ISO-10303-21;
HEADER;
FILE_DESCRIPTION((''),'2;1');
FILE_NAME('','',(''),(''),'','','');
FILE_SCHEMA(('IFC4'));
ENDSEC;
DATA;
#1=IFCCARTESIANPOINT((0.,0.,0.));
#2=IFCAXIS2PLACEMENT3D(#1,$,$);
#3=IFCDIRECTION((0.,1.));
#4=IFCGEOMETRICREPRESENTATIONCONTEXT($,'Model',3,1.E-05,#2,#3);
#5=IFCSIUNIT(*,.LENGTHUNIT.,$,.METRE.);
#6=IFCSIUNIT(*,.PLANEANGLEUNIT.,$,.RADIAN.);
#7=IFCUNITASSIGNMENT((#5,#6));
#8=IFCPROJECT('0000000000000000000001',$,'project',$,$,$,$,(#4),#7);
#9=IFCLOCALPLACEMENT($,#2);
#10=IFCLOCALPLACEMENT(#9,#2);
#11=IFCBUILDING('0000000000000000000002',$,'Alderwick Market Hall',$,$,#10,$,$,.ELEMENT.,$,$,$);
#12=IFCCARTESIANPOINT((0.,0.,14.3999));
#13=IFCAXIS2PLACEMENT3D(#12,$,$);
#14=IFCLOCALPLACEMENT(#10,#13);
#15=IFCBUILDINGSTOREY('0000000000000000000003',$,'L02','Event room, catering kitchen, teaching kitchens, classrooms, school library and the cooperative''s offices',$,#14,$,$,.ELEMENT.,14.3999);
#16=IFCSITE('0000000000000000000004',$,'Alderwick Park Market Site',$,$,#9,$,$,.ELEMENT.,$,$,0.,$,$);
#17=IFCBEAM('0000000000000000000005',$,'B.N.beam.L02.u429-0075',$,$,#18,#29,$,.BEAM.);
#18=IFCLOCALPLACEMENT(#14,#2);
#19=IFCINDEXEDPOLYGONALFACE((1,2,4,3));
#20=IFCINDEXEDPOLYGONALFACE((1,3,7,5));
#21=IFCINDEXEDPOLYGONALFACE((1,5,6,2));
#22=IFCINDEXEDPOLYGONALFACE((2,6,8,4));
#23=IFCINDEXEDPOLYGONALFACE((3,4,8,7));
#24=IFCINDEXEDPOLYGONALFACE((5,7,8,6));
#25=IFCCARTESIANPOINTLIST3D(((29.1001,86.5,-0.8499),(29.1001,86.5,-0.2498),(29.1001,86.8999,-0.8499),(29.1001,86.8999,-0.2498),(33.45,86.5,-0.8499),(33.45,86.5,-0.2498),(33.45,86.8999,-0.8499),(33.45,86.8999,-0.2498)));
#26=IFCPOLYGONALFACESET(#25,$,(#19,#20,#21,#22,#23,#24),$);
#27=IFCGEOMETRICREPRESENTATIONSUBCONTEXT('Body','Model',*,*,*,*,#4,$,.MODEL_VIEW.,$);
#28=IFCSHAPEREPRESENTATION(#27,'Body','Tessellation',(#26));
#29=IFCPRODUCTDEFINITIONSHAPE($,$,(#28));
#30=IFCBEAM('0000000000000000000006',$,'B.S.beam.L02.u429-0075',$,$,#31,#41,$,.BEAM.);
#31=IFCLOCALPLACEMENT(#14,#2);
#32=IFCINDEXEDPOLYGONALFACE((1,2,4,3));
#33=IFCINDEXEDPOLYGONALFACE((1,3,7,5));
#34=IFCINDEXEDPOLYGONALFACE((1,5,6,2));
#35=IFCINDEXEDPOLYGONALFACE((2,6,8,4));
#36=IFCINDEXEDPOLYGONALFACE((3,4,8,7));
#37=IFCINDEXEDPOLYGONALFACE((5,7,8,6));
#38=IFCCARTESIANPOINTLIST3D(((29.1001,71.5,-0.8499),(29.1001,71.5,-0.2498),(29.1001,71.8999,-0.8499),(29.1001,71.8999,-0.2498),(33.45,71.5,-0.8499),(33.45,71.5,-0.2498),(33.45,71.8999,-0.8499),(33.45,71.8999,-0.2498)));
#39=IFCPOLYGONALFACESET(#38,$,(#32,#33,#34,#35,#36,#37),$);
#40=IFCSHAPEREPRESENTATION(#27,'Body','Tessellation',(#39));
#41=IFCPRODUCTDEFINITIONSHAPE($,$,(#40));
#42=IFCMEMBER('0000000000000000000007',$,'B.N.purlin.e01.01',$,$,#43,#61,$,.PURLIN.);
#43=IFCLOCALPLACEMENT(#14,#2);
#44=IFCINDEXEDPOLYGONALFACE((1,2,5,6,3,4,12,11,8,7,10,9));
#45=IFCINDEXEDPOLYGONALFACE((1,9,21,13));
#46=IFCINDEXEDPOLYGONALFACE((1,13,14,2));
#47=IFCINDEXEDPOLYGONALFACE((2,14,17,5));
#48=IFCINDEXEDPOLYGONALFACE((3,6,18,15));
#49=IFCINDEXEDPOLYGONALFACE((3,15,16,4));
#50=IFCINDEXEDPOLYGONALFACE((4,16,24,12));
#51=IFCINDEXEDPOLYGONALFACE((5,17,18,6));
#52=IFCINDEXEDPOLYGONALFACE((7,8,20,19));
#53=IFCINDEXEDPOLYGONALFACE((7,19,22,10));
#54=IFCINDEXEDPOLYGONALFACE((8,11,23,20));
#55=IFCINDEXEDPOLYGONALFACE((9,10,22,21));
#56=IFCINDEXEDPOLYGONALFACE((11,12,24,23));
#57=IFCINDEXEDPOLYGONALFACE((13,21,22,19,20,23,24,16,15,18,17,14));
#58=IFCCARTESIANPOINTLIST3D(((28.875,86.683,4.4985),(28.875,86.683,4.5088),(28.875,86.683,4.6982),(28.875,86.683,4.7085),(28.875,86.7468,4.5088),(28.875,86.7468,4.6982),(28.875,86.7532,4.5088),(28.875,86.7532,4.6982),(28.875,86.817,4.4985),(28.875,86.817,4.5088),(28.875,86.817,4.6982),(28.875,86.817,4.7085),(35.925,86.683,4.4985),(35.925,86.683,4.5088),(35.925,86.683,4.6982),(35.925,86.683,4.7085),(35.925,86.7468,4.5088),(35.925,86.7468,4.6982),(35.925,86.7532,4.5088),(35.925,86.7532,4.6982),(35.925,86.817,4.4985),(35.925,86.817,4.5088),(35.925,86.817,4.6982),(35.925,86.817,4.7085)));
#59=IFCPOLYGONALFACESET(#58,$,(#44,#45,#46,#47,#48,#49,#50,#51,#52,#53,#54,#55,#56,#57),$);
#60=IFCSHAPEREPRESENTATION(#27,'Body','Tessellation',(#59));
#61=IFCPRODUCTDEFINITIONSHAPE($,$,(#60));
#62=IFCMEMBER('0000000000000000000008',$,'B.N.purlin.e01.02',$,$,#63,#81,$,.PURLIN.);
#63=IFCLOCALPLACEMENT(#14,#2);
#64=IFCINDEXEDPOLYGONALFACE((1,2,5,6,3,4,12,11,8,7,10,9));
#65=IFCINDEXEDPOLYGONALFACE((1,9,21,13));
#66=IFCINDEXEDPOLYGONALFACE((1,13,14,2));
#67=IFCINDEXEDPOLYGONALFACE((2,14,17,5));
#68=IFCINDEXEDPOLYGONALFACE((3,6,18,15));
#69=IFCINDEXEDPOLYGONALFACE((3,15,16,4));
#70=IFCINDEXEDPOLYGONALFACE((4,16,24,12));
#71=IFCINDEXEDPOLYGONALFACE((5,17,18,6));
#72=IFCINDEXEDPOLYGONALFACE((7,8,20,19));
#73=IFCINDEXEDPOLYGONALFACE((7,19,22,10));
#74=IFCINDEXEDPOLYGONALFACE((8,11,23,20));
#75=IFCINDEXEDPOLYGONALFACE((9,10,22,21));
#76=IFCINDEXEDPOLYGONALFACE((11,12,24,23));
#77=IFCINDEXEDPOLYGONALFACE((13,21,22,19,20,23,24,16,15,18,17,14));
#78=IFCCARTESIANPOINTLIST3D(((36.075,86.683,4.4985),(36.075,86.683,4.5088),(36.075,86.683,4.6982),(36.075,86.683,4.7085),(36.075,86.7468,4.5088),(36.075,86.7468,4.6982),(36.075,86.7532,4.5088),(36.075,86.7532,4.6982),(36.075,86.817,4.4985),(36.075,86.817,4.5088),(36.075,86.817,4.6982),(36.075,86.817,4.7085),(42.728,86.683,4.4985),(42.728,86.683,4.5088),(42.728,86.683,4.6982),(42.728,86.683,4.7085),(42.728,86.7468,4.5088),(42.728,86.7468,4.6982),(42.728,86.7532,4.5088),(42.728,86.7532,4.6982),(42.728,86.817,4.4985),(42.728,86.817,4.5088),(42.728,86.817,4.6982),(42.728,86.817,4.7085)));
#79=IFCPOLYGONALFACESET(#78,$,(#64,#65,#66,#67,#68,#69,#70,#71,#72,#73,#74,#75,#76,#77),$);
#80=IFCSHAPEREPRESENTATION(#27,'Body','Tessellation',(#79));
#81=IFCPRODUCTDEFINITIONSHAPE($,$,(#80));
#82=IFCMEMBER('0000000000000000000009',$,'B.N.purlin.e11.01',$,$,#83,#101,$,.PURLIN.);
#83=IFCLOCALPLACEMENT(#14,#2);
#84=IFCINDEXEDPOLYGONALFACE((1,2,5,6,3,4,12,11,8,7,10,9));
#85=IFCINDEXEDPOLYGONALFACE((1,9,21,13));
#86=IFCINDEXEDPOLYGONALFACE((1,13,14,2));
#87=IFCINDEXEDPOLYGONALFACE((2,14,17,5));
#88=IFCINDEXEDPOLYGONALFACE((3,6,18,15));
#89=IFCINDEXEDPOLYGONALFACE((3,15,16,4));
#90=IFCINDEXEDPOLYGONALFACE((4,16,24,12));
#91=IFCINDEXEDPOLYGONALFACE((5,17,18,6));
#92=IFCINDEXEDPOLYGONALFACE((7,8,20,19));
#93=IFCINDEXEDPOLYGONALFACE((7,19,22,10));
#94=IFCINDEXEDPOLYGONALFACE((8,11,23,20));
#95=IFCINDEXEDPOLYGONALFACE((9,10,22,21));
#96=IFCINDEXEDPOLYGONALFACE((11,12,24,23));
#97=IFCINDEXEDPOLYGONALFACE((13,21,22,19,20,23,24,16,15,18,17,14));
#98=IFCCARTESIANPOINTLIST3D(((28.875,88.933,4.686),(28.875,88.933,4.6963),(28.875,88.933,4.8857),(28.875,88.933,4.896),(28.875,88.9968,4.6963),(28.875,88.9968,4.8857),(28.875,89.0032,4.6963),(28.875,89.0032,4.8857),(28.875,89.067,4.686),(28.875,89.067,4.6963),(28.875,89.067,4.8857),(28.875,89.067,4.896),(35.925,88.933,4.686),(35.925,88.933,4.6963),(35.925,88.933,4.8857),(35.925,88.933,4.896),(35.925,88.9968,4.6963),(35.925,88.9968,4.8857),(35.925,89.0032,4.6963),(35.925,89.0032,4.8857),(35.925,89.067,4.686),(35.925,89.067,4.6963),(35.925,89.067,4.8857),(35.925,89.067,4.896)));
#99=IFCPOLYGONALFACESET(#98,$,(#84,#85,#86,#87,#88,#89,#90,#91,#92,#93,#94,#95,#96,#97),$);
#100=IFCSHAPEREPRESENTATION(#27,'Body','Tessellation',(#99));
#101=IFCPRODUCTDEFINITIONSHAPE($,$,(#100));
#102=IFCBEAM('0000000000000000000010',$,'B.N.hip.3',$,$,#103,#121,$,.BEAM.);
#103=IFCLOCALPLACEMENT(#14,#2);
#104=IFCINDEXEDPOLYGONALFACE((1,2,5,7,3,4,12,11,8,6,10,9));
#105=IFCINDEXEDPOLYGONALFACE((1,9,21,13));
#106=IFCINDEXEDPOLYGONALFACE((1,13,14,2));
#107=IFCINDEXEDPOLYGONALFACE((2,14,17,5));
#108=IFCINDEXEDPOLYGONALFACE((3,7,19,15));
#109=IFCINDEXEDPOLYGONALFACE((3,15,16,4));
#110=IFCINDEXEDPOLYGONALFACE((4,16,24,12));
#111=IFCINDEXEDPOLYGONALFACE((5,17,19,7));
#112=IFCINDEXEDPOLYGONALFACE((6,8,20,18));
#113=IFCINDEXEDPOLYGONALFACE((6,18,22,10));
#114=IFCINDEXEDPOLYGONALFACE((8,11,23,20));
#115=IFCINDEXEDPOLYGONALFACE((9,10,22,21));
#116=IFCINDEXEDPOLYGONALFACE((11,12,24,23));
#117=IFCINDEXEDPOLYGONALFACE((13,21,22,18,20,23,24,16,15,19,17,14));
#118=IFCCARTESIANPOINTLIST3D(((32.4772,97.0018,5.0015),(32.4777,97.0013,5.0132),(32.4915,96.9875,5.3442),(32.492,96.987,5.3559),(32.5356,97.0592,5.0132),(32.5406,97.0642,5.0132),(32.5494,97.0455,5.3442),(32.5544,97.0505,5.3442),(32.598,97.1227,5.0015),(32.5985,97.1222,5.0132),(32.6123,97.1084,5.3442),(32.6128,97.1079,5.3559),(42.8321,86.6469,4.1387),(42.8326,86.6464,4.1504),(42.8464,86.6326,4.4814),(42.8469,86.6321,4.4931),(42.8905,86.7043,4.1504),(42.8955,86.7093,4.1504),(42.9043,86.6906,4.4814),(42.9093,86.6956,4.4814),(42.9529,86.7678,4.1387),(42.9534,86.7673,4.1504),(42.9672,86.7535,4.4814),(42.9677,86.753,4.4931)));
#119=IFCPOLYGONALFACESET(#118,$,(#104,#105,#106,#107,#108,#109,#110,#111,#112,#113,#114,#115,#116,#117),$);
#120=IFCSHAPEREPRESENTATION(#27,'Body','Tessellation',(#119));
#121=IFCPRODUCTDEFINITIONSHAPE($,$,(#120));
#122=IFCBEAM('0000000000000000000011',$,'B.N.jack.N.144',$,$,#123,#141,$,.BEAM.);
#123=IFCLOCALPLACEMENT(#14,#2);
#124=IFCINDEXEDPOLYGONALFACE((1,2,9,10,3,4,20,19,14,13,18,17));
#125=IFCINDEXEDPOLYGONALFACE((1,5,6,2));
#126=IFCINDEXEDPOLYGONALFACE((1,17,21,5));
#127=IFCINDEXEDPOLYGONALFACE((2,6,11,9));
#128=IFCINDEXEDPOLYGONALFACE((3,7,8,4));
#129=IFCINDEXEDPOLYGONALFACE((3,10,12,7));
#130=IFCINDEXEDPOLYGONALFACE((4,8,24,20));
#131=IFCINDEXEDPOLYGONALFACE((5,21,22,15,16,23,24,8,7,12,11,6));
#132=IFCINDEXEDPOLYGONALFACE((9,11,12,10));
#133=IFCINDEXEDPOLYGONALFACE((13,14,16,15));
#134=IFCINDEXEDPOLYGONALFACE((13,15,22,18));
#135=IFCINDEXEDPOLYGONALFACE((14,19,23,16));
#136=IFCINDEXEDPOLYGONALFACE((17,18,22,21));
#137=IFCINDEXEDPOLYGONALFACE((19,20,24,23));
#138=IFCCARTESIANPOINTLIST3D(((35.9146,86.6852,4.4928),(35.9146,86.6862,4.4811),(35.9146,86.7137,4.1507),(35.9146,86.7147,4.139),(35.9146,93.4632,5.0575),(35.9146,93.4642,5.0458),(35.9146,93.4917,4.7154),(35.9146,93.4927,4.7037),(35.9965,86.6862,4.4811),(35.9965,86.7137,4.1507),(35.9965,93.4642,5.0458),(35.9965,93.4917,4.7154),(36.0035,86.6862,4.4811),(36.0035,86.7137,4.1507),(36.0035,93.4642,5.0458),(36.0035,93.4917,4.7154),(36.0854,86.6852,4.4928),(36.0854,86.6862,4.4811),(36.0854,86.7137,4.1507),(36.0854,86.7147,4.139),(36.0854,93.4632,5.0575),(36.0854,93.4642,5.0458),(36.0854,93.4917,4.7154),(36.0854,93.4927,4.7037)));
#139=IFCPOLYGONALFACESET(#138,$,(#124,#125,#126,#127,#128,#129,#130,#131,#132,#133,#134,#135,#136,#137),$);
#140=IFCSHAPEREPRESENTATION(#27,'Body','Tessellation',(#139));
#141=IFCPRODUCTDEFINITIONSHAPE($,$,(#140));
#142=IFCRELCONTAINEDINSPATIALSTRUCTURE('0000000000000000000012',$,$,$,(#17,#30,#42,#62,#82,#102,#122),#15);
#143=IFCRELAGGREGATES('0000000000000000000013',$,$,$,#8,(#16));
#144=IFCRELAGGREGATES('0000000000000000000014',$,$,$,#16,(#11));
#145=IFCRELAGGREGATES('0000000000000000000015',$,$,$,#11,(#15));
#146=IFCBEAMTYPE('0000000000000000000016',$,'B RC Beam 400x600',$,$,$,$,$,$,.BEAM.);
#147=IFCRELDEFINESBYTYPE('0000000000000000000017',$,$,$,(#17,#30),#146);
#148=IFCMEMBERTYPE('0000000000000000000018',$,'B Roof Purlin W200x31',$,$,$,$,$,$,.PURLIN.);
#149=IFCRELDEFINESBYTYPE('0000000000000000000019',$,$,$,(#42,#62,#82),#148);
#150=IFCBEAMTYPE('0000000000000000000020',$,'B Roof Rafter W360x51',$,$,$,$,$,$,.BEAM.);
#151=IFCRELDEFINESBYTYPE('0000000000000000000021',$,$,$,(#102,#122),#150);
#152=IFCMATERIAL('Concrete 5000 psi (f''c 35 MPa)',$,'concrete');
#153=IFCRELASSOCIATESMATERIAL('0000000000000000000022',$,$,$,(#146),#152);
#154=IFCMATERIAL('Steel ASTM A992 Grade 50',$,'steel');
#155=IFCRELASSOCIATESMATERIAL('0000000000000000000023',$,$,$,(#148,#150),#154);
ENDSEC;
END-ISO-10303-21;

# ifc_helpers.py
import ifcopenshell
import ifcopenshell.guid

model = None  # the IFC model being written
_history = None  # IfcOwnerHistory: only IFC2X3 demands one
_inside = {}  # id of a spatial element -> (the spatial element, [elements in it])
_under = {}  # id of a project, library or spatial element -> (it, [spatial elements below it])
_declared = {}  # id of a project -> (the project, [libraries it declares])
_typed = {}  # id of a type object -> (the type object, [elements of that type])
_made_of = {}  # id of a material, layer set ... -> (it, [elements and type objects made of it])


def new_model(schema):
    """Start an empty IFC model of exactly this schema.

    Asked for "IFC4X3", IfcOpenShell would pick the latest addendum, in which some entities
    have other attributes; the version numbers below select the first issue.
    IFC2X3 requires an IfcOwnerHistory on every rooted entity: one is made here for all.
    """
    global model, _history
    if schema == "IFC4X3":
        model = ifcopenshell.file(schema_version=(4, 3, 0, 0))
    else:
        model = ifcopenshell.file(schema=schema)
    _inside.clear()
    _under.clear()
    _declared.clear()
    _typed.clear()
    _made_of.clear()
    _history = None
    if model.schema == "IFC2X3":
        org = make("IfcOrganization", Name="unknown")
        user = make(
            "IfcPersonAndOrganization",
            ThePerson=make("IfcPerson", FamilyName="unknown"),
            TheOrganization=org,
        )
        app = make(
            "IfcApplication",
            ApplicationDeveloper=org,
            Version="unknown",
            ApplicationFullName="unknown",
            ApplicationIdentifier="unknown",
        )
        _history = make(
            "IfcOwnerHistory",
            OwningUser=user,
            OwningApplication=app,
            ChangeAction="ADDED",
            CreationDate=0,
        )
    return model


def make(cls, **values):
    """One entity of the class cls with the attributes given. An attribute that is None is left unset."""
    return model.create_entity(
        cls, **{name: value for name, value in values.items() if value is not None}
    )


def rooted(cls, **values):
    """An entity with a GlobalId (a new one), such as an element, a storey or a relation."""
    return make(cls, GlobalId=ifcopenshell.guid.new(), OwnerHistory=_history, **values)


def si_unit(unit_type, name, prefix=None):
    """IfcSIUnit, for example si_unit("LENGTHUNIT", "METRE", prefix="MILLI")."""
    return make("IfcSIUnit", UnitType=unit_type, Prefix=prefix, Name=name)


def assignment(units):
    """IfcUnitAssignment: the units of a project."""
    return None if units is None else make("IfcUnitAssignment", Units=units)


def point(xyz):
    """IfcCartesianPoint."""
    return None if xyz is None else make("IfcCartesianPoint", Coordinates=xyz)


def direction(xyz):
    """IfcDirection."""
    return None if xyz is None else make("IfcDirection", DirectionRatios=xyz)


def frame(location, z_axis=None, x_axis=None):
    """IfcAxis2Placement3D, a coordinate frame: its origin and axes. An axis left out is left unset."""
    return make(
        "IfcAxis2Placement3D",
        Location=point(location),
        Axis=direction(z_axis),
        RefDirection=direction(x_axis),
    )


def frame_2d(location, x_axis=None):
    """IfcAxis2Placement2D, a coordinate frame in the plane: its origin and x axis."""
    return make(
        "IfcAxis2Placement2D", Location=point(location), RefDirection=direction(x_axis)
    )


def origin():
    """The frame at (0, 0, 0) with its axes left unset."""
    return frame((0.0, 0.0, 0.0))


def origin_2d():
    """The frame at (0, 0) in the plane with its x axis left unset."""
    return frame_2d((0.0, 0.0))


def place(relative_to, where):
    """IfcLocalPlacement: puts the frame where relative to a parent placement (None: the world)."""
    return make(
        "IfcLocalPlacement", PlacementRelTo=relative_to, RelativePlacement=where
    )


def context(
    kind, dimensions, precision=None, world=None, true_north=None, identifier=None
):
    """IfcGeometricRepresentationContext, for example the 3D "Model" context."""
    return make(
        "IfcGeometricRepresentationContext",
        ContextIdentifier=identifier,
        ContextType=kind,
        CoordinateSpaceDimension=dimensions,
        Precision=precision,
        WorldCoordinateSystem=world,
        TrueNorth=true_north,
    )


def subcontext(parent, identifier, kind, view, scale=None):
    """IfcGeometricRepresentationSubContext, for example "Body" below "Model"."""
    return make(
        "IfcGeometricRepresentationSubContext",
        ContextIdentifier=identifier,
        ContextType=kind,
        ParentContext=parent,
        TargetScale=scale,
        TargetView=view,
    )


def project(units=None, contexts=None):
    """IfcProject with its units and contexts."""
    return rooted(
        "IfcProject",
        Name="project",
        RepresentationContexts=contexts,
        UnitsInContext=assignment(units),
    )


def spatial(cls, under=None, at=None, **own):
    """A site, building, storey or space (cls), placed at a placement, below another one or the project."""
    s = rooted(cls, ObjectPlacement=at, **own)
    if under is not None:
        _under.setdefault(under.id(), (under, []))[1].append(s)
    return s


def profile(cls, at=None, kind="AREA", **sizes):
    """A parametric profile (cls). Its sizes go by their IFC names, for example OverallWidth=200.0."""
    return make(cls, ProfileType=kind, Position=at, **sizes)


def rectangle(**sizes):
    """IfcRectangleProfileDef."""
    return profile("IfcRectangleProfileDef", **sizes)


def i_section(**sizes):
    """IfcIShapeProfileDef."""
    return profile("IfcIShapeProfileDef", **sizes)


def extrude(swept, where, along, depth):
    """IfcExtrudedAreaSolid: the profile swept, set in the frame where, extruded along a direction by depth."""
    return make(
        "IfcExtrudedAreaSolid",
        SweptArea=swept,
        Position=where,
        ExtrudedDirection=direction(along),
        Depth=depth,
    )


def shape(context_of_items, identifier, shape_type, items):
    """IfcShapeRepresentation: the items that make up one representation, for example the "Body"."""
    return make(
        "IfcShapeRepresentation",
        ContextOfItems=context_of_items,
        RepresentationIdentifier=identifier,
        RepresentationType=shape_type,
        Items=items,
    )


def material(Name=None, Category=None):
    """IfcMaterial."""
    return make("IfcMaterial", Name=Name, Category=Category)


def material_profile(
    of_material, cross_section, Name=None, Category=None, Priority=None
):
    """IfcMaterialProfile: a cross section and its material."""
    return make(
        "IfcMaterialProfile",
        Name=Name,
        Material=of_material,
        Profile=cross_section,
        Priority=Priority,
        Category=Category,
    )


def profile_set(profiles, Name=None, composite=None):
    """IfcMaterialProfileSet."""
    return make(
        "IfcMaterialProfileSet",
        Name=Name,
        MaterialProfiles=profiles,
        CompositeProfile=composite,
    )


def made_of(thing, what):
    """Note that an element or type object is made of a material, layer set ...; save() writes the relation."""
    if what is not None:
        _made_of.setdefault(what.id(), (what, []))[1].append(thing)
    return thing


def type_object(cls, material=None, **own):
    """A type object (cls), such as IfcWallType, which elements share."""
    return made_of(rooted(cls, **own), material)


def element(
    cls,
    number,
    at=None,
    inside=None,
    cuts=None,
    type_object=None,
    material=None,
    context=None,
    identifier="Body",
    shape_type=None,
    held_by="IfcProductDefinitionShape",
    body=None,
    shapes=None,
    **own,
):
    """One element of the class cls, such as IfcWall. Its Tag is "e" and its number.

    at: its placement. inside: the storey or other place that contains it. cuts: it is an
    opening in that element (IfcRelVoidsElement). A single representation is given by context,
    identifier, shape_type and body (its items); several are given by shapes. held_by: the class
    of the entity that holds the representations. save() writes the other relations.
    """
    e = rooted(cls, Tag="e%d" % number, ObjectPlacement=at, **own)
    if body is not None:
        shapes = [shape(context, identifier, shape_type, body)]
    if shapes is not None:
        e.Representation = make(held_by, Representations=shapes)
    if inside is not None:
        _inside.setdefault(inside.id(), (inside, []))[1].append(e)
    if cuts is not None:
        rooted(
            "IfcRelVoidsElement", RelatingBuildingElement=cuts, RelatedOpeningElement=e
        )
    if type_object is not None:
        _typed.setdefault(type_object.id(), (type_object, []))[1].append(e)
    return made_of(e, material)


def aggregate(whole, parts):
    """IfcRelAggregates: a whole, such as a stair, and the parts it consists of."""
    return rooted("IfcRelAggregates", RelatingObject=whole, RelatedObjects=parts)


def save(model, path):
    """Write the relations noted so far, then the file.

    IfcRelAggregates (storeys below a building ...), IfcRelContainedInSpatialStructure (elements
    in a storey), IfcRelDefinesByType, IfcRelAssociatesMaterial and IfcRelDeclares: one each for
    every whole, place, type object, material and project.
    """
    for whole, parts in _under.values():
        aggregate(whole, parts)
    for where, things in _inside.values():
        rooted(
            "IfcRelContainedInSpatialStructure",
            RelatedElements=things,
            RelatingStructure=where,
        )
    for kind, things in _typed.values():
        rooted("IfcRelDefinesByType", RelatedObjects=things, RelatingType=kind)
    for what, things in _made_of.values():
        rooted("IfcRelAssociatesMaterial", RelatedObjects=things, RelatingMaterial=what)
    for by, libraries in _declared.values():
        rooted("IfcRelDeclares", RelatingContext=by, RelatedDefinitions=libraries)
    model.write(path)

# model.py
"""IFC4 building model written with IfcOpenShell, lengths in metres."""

from ifc_helpers import new_model, si_unit, direction, frame, origin, origin_2d, place, context, subcontext, project, spatial, rectangle, i_section, extrude, material, material_profile, profile_set, type_object, element, save


model = new_model("IFC4")

# Units and contexts
model_context = context("Model", 3, precision=1e-05, world=origin(), true_north=direction((0.0, 1.0)))
body_context = subcontext(model_context, "Body", "Model", "MODEL_VIEW")
ifc_project = project(units=[si_unit("LENGTHUNIT", "METRE"), si_unit("PLANEANGLEUNIT", "RADIAN")], contexts=[model_context])

# Site, building, storey
site_placement = place(None, origin())
site = spatial("IfcSite", under=ifc_project, at=site_placement, Name="Alderwick Park Market Site", CompositionType="ELEMENT", RefElevation=0.0)
building_placement = place(site_placement, origin())
building = spatial("IfcBuilding", under=site, at=building_placement, Name="Alderwick Market Hall", CompositionType="ELEMENT")
storey_placement = place(building_placement, frame((0.0, 0.0, 14.3999)))
storey = spatial("IfcBuildingStorey", under=building, at=storey_placement, Name="L02", Description="Event room, catering kitchen, teaching kitchens, classrooms, school library and the cooperative's offices", CompositionType="ELEMENT", Elevation=14.3999)

# Beams
ifc_material_1 = material(Name="Concrete 5000 psi (f'c 35 MPa)", Category="concrete")
ifc_material_profile_1 = material_profile(ifc_material_1, rectangle(XDim=0.3999, YDim=0.6001, at=origin_2d()), Name="B RC Beam 400x600")
ifc_profile_set_1 = profile_set([ifc_material_profile_1], Name="Concrete 5000 psi (f'c 35 MPa)")
beam_type_1 = type_object("IfcBeamType", Name="B RC Beam 400x600", PredefinedType="BEAM", material=ifc_profile_set_1)
for number, where, z_axis, x_axis, name in (
    (1, (29.1001, 86.7, -0.5498), (1.0, 0.0, 0.0), (0.0, 1.0, 0.0), "B.N.beam.L02.u429-0075"),
    (2, (29.1001, 71.7, -0.5498), (1.0, 0.0, 0.0), (0.0, 1.0, 0.0), "B.S.beam.L02.u429-0075"),
):
    element("IfcBeam", number, at=place(storey_placement, frame(where, z_axis=z_axis, x_axis=x_axis)), inside=storey, type_object=beam_type_1, Name=name, PredefinedType="BEAM", context=body_context, shape_type="SweptSolid", body=[
        extrude(rectangle(XDim=0.3999, YDim=0.6001, at=origin_2d()), origin(), (0.0, 0.0, 1.0), 4.3499),
    ])

# Members
ifc_material_2 = material(Name="Steel ASTM A992 Grade 50", Category="steel")
ifc_material_profile_2 = material_profile(ifc_material_2, i_section(OverallWidth=0.134, OverallDepth=0.21, WebThickness=0.0063, FlangeThickness=0.0103, at=origin_2d()), Name="W200x31")
ifc_profile_set_2 = profile_set([ifc_material_profile_2], Name="Steel ASTM A992 Grade 50")
member_type = type_object("IfcMemberType", Name="B Roof Purlin W200x31", PredefinedType="PURLIN", material=ifc_profile_set_2)
member_1_placement = place(storey_placement, frame((28.875, 86.75, 4.6035), z_axis=(1.0, 0.0, 0.0), x_axis=(0.0, 1.0, 0.0)))
element("IfcMember", 3, at=member_1_placement, inside=storey, type_object=member_type, Name="B.N.purlin.e01.01", PredefinedType="PURLIN", context=body_context, shape_type="SweptSolid", body=[
    extrude(i_section(OverallWidth=0.134, OverallDepth=0.21, WebThickness=0.0063, FlangeThickness=0.0103, at=origin_2d()), origin(), (0.0, 0.0, 1.0), 7.05),
])
member_2_placement = place(storey_placement, frame((36.075, 86.75, 4.6035), z_axis=(1.0, 0.0, 0.0), x_axis=(0.0, 1.0, 0.0)))
element("IfcMember", 4, at=member_2_placement, inside=storey, type_object=member_type, Name="B.N.purlin.e01.02", PredefinedType="PURLIN", context=body_context, shape_type="SweptSolid", body=[
    extrude(i_section(OverallWidth=0.134, OverallDepth=0.21, WebThickness=0.0063, FlangeThickness=0.0103, at=origin_2d()), origin(), (0.0, 0.0, 1.0), 6.6531),
])
member_3_placement = place(storey_placement, frame((28.875, 89.0, 4.791), z_axis=(1.0, 0.0, 0.0), x_axis=(0.0, 1.0, 0.0)))
element("IfcMember", 5, at=member_3_placement, inside=storey, type_object=member_type, Name="B.N.purlin.e11.01", PredefinedType="PURLIN", context=body_context, shape_type="SweptSolid", body=[
    extrude(i_section(OverallWidth=0.134, OverallDepth=0.21, WebThickness=0.0063, FlangeThickness=0.0103, at=origin_2d()), origin(), (0.0, 0.0, 1.0), 7.05),
])

# Beams
ifc_material_profile_3 = material_profile(ifc_material_2, i_section(OverallWidth=0.1709, OverallDepth=0.355, WebThickness=0.0071, FlangeThickness=0.0117, at=origin_2d()), Name="W360x51")
ifc_profile_set_3 = profile_set([ifc_material_profile_3], Name="Steel ASTM A992 Grade 50")
beam_type_2 = type_object("IfcBeamType", Name="B Roof Rafter W360x51", PredefinedType="BEAM", material=ifc_profile_set_3)
beam_1_placement = place(storey_placement, frame((42.8999, 86.7, 4.3159), z_axis=(-0.705883, 0.705883, 0.058815), x_axis=(-0.707107, -0.707107, 0.0)))
element("IfcBeam", 6, at=beam_1_placement, inside=storey, type_object=beam_type_2, Name="B.N.hip.3", PredefinedType="BEAM", context=body_context, shape_type="SweptSolid", body=[
    extrude(i_section(OverallWidth=0.1709, OverallDepth=0.355, WebThickness=0.0071, FlangeThickness=0.0117, at=origin_2d()), origin(), (0.0, 0.0, 1.0), 14.6694),
])
beam_2_placement = place(storey_placement, frame((36.0, 86.7, 4.3159), z_axis=(0.0, 0.996547, 0.083025), x_axis=(-1.0, 0.0, 0.0)))
element("IfcBeam", 7, at=beam_2_placement, inside=storey, type_object=beam_type_2, Name="B.N.jack.N.144", PredefinedType="BEAM", context=body_context, shape_type="SweptSolid", body=[
    extrude(i_section(OverallWidth=0.1709, OverallDepth=0.355, WebThickness=0.0071, FlangeThickness=0.0117, at=origin_2d()), origin(), (0.0, 0.0, 1.0), 6.8015),
])

save(model, "model.ifc")
